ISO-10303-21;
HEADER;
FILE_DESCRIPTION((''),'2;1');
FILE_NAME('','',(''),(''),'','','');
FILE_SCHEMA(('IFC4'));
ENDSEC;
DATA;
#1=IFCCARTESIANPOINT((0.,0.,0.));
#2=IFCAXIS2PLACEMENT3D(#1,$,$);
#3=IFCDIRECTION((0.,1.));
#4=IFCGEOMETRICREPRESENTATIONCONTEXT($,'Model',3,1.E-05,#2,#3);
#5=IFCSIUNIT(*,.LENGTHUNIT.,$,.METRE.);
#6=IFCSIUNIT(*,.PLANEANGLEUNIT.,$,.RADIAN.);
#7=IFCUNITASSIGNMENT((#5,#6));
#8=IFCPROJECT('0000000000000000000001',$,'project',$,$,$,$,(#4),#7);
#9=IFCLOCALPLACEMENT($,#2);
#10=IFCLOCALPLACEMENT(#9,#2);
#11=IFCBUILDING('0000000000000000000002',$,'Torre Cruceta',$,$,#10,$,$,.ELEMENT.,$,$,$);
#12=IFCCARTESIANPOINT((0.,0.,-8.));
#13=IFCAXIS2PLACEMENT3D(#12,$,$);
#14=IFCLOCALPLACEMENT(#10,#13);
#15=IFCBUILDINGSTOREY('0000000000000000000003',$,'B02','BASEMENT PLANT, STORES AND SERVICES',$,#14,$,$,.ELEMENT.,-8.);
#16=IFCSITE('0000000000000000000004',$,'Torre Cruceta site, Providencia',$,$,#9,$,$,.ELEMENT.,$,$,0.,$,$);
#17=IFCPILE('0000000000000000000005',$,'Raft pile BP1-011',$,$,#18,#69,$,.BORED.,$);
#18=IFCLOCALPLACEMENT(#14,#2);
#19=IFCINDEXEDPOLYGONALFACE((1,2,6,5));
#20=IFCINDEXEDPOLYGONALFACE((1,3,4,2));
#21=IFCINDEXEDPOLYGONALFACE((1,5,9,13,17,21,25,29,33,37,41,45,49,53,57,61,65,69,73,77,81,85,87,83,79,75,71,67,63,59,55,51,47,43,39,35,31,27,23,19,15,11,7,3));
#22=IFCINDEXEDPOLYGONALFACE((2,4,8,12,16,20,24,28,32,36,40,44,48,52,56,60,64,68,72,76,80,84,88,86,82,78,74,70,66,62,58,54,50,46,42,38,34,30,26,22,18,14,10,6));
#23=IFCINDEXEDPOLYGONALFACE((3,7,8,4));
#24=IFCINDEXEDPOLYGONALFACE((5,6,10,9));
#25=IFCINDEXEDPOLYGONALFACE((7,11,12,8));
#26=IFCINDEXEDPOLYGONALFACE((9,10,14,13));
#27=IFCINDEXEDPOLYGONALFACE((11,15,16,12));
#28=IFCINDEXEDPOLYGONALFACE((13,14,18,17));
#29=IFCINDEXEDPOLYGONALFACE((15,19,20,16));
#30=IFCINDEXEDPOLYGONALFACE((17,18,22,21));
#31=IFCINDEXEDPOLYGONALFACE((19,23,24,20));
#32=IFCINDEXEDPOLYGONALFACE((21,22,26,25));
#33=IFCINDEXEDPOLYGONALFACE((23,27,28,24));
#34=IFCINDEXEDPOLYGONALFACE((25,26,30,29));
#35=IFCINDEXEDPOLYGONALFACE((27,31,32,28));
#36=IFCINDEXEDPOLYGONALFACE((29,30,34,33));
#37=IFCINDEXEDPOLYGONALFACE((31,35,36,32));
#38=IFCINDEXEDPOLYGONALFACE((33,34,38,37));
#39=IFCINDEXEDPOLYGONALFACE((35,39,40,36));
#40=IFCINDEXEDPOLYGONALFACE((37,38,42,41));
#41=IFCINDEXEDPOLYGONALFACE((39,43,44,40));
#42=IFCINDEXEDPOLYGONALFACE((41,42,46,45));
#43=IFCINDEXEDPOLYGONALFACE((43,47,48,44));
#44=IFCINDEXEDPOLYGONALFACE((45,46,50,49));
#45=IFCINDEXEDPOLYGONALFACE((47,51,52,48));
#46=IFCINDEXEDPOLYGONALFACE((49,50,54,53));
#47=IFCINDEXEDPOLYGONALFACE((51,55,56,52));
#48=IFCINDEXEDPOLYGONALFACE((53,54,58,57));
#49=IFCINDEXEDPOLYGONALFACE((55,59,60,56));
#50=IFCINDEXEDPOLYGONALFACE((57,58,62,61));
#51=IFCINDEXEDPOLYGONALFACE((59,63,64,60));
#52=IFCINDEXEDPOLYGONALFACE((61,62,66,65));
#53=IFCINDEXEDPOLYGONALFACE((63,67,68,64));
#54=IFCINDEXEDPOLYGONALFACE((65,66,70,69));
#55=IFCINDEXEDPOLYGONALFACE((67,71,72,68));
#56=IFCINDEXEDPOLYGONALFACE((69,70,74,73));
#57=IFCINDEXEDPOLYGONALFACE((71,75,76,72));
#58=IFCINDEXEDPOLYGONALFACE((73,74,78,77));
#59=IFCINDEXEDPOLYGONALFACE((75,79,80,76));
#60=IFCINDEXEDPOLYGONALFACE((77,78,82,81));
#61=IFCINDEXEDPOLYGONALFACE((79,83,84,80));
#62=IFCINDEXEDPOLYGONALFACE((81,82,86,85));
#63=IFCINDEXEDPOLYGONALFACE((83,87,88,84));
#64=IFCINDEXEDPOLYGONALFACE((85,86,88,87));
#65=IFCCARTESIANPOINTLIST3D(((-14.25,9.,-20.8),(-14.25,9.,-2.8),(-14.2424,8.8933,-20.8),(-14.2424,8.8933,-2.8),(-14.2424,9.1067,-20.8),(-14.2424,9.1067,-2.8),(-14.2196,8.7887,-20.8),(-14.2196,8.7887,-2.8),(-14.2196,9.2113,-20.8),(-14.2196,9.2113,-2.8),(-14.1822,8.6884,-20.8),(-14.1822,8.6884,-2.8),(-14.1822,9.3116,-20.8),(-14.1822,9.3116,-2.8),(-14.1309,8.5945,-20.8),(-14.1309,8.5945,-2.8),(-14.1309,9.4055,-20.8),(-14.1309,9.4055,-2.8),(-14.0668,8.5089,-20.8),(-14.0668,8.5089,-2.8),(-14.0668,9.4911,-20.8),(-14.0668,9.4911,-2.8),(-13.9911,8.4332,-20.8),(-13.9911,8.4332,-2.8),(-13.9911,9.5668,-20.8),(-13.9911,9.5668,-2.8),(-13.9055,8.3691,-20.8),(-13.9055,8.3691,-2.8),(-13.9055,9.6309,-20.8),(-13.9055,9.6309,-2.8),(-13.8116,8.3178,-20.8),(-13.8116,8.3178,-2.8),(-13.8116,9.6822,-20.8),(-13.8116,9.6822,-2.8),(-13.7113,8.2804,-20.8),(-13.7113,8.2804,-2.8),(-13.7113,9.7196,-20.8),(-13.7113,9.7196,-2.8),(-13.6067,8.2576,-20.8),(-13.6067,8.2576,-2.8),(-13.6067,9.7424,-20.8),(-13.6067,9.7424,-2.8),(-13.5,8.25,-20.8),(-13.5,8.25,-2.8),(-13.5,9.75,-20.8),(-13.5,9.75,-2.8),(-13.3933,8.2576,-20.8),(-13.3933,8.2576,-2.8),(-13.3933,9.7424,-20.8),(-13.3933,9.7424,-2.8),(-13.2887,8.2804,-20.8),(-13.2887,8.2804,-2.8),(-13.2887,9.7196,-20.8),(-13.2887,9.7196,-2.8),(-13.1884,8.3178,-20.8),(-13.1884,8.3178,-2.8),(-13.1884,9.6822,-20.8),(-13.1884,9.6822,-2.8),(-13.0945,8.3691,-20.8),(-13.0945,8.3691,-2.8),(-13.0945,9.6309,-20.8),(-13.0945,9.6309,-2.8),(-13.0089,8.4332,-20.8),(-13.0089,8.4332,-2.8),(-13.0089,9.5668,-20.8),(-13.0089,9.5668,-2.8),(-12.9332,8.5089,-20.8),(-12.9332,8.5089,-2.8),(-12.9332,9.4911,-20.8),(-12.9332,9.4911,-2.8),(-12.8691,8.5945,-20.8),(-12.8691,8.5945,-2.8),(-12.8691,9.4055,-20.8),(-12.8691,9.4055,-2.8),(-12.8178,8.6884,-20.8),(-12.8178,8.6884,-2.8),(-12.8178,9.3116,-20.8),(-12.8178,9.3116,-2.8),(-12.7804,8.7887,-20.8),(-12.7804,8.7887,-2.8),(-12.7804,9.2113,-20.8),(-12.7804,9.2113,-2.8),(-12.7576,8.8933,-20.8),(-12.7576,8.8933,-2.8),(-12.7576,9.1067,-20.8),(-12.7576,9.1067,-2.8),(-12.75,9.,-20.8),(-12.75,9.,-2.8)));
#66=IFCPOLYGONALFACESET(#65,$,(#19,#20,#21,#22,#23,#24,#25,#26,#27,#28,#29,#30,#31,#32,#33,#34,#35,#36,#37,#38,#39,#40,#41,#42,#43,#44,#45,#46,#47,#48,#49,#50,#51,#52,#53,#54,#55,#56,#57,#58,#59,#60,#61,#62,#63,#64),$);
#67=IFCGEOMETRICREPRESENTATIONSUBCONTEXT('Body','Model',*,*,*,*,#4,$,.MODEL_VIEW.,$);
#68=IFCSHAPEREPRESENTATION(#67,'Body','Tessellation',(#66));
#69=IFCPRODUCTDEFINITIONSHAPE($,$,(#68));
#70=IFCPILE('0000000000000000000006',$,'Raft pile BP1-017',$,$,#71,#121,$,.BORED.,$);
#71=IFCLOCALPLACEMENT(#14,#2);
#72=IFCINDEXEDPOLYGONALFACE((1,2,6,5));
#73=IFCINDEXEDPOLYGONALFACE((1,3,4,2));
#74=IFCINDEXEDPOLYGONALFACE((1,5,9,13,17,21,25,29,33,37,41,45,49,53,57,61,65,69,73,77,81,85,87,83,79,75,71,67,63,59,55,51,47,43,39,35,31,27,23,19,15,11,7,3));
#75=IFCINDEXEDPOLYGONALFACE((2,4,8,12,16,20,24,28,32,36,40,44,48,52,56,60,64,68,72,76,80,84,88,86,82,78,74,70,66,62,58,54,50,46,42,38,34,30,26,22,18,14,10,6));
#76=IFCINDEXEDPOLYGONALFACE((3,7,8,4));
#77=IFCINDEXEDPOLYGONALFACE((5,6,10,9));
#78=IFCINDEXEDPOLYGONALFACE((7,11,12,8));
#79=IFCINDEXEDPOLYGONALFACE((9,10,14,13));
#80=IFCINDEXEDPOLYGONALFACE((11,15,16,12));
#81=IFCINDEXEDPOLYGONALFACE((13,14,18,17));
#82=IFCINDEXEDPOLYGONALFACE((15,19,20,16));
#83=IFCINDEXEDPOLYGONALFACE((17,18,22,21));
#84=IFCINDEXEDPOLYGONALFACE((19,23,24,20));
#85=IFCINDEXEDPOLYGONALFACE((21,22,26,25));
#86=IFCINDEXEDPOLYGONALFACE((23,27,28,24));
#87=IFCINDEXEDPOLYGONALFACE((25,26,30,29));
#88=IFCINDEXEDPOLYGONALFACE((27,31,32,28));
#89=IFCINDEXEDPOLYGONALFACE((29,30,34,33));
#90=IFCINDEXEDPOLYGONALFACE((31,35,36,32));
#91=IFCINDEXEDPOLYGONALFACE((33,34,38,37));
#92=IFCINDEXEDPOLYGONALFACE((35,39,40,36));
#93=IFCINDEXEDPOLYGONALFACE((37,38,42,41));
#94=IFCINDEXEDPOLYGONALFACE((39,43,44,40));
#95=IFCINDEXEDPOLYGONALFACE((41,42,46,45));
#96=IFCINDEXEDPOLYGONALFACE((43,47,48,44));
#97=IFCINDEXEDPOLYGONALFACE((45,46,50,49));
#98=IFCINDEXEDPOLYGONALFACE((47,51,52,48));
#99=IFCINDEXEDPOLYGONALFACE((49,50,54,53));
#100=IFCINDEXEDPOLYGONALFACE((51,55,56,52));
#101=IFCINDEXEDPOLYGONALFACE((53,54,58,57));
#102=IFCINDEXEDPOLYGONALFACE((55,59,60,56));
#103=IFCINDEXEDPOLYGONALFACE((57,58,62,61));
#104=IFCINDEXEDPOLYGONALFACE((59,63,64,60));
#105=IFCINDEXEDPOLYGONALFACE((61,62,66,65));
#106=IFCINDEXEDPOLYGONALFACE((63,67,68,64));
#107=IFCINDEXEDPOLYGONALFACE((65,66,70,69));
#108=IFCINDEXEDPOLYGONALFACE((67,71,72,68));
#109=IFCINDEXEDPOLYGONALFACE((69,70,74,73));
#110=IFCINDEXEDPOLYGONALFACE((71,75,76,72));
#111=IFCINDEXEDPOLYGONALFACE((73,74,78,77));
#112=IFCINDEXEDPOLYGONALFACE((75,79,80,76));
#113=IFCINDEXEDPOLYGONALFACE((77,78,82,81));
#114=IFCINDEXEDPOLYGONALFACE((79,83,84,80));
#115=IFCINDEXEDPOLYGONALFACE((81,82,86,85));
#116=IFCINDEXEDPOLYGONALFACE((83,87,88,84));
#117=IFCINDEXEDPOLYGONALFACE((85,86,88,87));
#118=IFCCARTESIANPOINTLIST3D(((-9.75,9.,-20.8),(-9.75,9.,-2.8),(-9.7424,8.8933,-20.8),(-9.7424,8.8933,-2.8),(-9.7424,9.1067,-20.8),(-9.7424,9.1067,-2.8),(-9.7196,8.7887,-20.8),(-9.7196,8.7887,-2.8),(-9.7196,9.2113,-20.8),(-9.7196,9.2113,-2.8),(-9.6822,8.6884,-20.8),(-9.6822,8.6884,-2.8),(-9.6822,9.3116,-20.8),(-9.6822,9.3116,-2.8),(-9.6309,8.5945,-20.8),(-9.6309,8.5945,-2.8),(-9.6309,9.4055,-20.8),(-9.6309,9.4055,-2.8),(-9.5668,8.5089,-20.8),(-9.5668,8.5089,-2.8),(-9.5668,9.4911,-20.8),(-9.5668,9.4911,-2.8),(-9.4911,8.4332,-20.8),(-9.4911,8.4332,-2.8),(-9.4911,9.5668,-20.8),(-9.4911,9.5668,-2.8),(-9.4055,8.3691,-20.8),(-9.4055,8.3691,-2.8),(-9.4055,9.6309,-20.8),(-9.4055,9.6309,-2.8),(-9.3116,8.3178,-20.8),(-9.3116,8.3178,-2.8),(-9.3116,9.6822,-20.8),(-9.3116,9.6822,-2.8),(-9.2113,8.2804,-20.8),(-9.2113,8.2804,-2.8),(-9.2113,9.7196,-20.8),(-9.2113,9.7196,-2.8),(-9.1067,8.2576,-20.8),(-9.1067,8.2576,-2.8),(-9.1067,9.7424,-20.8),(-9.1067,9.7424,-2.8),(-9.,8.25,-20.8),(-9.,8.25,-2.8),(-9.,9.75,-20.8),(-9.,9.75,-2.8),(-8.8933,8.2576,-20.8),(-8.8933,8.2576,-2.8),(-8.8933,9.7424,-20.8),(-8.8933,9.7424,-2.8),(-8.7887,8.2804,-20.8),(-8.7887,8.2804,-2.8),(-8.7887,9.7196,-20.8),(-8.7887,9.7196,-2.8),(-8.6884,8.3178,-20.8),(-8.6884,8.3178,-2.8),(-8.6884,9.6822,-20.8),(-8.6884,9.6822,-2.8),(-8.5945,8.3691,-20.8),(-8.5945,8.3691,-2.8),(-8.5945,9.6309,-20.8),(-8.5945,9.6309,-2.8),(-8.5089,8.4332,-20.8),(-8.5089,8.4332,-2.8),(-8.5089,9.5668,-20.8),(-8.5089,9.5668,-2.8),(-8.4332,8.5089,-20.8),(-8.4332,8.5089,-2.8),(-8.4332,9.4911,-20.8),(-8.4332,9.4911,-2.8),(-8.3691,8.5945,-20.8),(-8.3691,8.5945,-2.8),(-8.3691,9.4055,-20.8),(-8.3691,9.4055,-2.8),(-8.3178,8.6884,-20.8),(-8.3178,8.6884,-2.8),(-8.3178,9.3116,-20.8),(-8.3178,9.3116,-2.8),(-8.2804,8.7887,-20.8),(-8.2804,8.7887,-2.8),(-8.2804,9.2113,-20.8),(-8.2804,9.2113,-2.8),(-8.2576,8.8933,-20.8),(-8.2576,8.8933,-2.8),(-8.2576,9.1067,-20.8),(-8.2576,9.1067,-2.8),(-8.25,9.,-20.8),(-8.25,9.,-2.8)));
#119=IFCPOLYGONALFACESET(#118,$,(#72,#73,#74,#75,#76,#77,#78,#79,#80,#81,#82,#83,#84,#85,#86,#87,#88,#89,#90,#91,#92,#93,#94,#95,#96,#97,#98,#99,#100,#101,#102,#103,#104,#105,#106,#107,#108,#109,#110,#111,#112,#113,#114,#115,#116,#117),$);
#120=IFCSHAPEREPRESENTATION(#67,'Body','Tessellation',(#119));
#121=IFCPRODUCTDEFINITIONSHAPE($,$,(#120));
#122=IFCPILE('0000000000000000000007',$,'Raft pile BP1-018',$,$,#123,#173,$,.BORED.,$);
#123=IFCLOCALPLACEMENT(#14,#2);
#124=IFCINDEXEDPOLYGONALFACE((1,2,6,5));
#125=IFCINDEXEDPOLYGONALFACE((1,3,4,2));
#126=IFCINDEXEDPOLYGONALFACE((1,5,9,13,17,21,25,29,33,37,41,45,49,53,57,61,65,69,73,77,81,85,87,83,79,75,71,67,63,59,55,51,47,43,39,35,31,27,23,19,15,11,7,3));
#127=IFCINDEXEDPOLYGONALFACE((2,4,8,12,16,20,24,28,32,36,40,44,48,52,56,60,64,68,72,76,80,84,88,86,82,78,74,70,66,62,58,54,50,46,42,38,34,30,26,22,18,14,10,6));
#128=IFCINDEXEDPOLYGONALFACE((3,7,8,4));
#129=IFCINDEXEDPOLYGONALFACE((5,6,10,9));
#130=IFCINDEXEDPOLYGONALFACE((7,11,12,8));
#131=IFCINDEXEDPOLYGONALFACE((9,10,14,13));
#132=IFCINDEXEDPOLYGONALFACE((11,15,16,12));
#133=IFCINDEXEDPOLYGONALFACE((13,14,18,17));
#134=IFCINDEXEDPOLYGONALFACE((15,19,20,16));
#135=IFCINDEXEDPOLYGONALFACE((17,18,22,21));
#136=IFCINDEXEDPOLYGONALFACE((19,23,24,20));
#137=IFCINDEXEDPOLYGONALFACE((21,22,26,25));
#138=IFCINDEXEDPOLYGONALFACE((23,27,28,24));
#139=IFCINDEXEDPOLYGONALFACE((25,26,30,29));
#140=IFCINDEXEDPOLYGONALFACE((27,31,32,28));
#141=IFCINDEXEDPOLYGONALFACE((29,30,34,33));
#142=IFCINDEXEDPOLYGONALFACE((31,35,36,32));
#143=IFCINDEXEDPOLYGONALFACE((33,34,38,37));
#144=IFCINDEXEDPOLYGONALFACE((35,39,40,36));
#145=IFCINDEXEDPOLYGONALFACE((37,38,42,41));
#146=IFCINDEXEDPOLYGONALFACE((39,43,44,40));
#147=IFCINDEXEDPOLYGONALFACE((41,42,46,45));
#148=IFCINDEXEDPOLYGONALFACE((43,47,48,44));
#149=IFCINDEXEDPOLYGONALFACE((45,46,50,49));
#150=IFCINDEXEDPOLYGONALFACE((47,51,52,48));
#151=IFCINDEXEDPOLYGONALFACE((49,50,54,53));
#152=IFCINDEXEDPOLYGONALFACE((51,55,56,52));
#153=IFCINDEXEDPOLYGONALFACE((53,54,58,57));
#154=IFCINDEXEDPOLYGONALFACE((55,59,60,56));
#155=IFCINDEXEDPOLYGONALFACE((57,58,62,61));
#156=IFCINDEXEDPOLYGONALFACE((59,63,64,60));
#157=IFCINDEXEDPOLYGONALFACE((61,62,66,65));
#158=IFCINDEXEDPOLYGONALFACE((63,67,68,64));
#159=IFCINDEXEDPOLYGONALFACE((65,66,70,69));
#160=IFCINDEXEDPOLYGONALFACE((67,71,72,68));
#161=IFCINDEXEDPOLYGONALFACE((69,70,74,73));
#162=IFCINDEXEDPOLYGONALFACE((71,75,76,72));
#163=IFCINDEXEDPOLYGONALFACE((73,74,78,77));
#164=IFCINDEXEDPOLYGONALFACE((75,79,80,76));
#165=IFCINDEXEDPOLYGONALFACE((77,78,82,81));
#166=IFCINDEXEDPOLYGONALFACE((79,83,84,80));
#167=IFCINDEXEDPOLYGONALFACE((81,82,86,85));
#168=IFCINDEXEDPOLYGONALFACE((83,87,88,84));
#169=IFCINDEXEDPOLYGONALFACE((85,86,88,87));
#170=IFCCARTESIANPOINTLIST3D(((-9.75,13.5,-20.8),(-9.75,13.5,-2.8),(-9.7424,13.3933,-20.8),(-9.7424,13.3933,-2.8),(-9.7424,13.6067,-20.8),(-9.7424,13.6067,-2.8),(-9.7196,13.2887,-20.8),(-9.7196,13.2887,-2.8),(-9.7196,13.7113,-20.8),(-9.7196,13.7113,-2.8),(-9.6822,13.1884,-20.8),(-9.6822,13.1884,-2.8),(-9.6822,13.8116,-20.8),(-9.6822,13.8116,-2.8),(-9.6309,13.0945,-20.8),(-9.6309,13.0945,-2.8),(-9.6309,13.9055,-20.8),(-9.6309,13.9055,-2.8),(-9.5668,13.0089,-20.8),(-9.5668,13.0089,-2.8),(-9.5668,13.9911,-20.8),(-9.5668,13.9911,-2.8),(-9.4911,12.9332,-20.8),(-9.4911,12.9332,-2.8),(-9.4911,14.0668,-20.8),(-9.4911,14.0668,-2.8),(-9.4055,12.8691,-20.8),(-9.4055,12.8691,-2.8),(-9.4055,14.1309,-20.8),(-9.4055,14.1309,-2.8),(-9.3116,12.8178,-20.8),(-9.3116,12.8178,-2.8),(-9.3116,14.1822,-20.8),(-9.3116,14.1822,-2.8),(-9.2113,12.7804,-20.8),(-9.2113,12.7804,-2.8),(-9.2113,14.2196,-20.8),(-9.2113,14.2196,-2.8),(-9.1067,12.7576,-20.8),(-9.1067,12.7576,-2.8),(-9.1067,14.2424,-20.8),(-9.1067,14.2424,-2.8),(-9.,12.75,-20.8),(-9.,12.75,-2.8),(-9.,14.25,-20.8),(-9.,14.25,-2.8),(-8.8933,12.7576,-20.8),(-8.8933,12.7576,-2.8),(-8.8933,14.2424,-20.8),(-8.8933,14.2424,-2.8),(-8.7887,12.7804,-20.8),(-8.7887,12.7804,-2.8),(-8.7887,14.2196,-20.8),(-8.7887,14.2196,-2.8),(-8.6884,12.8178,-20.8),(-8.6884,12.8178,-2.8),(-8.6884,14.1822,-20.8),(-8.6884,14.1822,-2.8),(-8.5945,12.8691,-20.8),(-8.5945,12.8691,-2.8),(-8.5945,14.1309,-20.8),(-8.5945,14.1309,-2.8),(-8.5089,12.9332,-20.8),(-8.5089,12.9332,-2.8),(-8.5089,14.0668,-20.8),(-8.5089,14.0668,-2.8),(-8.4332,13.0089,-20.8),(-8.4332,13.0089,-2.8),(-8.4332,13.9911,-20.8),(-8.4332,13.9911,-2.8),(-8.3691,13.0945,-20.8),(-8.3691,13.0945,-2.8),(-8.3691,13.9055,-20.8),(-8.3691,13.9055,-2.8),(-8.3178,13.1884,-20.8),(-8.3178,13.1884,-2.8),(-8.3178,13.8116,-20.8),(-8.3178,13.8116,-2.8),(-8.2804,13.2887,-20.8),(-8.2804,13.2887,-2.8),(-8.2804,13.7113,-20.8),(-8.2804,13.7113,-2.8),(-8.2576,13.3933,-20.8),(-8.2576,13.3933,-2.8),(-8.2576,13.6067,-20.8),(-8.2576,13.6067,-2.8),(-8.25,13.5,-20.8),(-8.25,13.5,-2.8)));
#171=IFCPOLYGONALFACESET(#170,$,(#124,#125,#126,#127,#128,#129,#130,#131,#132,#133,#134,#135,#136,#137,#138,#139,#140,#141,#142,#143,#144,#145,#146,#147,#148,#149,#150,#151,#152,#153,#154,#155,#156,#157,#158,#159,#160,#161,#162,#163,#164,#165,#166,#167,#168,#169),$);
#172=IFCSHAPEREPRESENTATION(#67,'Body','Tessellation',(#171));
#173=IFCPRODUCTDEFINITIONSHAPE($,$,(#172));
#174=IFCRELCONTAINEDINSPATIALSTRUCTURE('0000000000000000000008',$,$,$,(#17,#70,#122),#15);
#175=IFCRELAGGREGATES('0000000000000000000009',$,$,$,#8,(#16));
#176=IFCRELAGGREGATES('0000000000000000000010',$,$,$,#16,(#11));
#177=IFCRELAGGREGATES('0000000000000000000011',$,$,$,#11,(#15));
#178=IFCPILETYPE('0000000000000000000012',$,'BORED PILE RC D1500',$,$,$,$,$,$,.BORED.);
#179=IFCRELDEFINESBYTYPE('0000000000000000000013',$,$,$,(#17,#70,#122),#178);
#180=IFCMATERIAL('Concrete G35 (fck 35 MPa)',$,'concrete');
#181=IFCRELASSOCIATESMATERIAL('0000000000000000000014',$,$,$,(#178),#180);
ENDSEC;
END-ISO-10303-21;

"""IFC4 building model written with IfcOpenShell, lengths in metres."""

from ifc_helpers import new_model, si_unit, direction, frame, origin, origin_2d, place, context, subcontext, project, spatial, circle, extrude, material, material_profile, profile_set, type_object, element, save


model = new_model("IFC4")

# Units and contexts
model_context = context("Model", 3, precision=1e-05, world=origin(), true_north=direction((0.0, 1.0)))
body_context = subcontext(model_context, "Body", "Model", "MODEL_VIEW")
ifc_project = project(units=[si_unit("LENGTHUNIT", "METRE"), si_unit("PLANEANGLEUNIT", "RADIAN")], contexts=[model_context])

# Site, building, storey
site_placement = place(None, origin())
site = spatial("IfcSite", under=ifc_project, at=site_placement, Name="Torre Cruceta site, Providencia", CompositionType="ELEMENT", RefElevation=0.0)
building_placement = place(site_placement, origin())
building = spatial("IfcBuilding", under=site, at=building_placement, Name="Torre Cruceta", CompositionType="ELEMENT")
storey_placement = place(building_placement, frame((0.0, 0.0, -8.0)))
storey = spatial("IfcBuildingStorey", under=building, at=storey_placement, Name="B02", Description="BASEMENT PLANT, STORES AND SERVICES", CompositionType="ELEMENT", Elevation=-8.0)

# Piles
ifc_material_1 = material(Name="Concrete G35 (fck 35 MPa)", Category="concrete")
ifc_material_profile_1 = material_profile(ifc_material_1, circle(Radius=0.75, at=origin_2d()), Name="RC D1500")
ifc_profile_set_1 = profile_set([ifc_material_profile_1], Name="Concrete G35 (fck 35 MPa)")
pile_type_1 = type_object("IfcPileType", Name="BORED PILE RC D1500", PredefinedType="BORED", material=ifc_profile_set_1)
for number, where, z_axis, x_axis, name in (
    (1, (-13.5, 9.0, -2.8), (0.0, 0.0, -1.0), (1.0, 0.0, 0.0), "Raft pile BP1-011"),
    (2, (-9.0, 9.0, -2.8), (0.0, 0.0, -1.0), (1.0, 0.0, 0.0), "Raft pile BP1-017"),
    (3, (-9.0, 13.5, -2.8), (0.0, 0.0, -1.0), (1.0, 0.0, 0.0), "Raft pile BP1-018"),
):
    element("IfcPile", number, at=place(storey_placement, frame(where, z_axis=z_axis, x_axis=x_axis)), inside=storey, type_object=pile_type_1, Name=name, PredefinedType="BORED", context=body_context, shape_type="SweptSolid", body=[
        extrude(circle(Radius=0.75, at=origin_2d()), origin(), (0.0, 0.0, 1.0), 18.0),
    ])

save(model, "model.ifc")
